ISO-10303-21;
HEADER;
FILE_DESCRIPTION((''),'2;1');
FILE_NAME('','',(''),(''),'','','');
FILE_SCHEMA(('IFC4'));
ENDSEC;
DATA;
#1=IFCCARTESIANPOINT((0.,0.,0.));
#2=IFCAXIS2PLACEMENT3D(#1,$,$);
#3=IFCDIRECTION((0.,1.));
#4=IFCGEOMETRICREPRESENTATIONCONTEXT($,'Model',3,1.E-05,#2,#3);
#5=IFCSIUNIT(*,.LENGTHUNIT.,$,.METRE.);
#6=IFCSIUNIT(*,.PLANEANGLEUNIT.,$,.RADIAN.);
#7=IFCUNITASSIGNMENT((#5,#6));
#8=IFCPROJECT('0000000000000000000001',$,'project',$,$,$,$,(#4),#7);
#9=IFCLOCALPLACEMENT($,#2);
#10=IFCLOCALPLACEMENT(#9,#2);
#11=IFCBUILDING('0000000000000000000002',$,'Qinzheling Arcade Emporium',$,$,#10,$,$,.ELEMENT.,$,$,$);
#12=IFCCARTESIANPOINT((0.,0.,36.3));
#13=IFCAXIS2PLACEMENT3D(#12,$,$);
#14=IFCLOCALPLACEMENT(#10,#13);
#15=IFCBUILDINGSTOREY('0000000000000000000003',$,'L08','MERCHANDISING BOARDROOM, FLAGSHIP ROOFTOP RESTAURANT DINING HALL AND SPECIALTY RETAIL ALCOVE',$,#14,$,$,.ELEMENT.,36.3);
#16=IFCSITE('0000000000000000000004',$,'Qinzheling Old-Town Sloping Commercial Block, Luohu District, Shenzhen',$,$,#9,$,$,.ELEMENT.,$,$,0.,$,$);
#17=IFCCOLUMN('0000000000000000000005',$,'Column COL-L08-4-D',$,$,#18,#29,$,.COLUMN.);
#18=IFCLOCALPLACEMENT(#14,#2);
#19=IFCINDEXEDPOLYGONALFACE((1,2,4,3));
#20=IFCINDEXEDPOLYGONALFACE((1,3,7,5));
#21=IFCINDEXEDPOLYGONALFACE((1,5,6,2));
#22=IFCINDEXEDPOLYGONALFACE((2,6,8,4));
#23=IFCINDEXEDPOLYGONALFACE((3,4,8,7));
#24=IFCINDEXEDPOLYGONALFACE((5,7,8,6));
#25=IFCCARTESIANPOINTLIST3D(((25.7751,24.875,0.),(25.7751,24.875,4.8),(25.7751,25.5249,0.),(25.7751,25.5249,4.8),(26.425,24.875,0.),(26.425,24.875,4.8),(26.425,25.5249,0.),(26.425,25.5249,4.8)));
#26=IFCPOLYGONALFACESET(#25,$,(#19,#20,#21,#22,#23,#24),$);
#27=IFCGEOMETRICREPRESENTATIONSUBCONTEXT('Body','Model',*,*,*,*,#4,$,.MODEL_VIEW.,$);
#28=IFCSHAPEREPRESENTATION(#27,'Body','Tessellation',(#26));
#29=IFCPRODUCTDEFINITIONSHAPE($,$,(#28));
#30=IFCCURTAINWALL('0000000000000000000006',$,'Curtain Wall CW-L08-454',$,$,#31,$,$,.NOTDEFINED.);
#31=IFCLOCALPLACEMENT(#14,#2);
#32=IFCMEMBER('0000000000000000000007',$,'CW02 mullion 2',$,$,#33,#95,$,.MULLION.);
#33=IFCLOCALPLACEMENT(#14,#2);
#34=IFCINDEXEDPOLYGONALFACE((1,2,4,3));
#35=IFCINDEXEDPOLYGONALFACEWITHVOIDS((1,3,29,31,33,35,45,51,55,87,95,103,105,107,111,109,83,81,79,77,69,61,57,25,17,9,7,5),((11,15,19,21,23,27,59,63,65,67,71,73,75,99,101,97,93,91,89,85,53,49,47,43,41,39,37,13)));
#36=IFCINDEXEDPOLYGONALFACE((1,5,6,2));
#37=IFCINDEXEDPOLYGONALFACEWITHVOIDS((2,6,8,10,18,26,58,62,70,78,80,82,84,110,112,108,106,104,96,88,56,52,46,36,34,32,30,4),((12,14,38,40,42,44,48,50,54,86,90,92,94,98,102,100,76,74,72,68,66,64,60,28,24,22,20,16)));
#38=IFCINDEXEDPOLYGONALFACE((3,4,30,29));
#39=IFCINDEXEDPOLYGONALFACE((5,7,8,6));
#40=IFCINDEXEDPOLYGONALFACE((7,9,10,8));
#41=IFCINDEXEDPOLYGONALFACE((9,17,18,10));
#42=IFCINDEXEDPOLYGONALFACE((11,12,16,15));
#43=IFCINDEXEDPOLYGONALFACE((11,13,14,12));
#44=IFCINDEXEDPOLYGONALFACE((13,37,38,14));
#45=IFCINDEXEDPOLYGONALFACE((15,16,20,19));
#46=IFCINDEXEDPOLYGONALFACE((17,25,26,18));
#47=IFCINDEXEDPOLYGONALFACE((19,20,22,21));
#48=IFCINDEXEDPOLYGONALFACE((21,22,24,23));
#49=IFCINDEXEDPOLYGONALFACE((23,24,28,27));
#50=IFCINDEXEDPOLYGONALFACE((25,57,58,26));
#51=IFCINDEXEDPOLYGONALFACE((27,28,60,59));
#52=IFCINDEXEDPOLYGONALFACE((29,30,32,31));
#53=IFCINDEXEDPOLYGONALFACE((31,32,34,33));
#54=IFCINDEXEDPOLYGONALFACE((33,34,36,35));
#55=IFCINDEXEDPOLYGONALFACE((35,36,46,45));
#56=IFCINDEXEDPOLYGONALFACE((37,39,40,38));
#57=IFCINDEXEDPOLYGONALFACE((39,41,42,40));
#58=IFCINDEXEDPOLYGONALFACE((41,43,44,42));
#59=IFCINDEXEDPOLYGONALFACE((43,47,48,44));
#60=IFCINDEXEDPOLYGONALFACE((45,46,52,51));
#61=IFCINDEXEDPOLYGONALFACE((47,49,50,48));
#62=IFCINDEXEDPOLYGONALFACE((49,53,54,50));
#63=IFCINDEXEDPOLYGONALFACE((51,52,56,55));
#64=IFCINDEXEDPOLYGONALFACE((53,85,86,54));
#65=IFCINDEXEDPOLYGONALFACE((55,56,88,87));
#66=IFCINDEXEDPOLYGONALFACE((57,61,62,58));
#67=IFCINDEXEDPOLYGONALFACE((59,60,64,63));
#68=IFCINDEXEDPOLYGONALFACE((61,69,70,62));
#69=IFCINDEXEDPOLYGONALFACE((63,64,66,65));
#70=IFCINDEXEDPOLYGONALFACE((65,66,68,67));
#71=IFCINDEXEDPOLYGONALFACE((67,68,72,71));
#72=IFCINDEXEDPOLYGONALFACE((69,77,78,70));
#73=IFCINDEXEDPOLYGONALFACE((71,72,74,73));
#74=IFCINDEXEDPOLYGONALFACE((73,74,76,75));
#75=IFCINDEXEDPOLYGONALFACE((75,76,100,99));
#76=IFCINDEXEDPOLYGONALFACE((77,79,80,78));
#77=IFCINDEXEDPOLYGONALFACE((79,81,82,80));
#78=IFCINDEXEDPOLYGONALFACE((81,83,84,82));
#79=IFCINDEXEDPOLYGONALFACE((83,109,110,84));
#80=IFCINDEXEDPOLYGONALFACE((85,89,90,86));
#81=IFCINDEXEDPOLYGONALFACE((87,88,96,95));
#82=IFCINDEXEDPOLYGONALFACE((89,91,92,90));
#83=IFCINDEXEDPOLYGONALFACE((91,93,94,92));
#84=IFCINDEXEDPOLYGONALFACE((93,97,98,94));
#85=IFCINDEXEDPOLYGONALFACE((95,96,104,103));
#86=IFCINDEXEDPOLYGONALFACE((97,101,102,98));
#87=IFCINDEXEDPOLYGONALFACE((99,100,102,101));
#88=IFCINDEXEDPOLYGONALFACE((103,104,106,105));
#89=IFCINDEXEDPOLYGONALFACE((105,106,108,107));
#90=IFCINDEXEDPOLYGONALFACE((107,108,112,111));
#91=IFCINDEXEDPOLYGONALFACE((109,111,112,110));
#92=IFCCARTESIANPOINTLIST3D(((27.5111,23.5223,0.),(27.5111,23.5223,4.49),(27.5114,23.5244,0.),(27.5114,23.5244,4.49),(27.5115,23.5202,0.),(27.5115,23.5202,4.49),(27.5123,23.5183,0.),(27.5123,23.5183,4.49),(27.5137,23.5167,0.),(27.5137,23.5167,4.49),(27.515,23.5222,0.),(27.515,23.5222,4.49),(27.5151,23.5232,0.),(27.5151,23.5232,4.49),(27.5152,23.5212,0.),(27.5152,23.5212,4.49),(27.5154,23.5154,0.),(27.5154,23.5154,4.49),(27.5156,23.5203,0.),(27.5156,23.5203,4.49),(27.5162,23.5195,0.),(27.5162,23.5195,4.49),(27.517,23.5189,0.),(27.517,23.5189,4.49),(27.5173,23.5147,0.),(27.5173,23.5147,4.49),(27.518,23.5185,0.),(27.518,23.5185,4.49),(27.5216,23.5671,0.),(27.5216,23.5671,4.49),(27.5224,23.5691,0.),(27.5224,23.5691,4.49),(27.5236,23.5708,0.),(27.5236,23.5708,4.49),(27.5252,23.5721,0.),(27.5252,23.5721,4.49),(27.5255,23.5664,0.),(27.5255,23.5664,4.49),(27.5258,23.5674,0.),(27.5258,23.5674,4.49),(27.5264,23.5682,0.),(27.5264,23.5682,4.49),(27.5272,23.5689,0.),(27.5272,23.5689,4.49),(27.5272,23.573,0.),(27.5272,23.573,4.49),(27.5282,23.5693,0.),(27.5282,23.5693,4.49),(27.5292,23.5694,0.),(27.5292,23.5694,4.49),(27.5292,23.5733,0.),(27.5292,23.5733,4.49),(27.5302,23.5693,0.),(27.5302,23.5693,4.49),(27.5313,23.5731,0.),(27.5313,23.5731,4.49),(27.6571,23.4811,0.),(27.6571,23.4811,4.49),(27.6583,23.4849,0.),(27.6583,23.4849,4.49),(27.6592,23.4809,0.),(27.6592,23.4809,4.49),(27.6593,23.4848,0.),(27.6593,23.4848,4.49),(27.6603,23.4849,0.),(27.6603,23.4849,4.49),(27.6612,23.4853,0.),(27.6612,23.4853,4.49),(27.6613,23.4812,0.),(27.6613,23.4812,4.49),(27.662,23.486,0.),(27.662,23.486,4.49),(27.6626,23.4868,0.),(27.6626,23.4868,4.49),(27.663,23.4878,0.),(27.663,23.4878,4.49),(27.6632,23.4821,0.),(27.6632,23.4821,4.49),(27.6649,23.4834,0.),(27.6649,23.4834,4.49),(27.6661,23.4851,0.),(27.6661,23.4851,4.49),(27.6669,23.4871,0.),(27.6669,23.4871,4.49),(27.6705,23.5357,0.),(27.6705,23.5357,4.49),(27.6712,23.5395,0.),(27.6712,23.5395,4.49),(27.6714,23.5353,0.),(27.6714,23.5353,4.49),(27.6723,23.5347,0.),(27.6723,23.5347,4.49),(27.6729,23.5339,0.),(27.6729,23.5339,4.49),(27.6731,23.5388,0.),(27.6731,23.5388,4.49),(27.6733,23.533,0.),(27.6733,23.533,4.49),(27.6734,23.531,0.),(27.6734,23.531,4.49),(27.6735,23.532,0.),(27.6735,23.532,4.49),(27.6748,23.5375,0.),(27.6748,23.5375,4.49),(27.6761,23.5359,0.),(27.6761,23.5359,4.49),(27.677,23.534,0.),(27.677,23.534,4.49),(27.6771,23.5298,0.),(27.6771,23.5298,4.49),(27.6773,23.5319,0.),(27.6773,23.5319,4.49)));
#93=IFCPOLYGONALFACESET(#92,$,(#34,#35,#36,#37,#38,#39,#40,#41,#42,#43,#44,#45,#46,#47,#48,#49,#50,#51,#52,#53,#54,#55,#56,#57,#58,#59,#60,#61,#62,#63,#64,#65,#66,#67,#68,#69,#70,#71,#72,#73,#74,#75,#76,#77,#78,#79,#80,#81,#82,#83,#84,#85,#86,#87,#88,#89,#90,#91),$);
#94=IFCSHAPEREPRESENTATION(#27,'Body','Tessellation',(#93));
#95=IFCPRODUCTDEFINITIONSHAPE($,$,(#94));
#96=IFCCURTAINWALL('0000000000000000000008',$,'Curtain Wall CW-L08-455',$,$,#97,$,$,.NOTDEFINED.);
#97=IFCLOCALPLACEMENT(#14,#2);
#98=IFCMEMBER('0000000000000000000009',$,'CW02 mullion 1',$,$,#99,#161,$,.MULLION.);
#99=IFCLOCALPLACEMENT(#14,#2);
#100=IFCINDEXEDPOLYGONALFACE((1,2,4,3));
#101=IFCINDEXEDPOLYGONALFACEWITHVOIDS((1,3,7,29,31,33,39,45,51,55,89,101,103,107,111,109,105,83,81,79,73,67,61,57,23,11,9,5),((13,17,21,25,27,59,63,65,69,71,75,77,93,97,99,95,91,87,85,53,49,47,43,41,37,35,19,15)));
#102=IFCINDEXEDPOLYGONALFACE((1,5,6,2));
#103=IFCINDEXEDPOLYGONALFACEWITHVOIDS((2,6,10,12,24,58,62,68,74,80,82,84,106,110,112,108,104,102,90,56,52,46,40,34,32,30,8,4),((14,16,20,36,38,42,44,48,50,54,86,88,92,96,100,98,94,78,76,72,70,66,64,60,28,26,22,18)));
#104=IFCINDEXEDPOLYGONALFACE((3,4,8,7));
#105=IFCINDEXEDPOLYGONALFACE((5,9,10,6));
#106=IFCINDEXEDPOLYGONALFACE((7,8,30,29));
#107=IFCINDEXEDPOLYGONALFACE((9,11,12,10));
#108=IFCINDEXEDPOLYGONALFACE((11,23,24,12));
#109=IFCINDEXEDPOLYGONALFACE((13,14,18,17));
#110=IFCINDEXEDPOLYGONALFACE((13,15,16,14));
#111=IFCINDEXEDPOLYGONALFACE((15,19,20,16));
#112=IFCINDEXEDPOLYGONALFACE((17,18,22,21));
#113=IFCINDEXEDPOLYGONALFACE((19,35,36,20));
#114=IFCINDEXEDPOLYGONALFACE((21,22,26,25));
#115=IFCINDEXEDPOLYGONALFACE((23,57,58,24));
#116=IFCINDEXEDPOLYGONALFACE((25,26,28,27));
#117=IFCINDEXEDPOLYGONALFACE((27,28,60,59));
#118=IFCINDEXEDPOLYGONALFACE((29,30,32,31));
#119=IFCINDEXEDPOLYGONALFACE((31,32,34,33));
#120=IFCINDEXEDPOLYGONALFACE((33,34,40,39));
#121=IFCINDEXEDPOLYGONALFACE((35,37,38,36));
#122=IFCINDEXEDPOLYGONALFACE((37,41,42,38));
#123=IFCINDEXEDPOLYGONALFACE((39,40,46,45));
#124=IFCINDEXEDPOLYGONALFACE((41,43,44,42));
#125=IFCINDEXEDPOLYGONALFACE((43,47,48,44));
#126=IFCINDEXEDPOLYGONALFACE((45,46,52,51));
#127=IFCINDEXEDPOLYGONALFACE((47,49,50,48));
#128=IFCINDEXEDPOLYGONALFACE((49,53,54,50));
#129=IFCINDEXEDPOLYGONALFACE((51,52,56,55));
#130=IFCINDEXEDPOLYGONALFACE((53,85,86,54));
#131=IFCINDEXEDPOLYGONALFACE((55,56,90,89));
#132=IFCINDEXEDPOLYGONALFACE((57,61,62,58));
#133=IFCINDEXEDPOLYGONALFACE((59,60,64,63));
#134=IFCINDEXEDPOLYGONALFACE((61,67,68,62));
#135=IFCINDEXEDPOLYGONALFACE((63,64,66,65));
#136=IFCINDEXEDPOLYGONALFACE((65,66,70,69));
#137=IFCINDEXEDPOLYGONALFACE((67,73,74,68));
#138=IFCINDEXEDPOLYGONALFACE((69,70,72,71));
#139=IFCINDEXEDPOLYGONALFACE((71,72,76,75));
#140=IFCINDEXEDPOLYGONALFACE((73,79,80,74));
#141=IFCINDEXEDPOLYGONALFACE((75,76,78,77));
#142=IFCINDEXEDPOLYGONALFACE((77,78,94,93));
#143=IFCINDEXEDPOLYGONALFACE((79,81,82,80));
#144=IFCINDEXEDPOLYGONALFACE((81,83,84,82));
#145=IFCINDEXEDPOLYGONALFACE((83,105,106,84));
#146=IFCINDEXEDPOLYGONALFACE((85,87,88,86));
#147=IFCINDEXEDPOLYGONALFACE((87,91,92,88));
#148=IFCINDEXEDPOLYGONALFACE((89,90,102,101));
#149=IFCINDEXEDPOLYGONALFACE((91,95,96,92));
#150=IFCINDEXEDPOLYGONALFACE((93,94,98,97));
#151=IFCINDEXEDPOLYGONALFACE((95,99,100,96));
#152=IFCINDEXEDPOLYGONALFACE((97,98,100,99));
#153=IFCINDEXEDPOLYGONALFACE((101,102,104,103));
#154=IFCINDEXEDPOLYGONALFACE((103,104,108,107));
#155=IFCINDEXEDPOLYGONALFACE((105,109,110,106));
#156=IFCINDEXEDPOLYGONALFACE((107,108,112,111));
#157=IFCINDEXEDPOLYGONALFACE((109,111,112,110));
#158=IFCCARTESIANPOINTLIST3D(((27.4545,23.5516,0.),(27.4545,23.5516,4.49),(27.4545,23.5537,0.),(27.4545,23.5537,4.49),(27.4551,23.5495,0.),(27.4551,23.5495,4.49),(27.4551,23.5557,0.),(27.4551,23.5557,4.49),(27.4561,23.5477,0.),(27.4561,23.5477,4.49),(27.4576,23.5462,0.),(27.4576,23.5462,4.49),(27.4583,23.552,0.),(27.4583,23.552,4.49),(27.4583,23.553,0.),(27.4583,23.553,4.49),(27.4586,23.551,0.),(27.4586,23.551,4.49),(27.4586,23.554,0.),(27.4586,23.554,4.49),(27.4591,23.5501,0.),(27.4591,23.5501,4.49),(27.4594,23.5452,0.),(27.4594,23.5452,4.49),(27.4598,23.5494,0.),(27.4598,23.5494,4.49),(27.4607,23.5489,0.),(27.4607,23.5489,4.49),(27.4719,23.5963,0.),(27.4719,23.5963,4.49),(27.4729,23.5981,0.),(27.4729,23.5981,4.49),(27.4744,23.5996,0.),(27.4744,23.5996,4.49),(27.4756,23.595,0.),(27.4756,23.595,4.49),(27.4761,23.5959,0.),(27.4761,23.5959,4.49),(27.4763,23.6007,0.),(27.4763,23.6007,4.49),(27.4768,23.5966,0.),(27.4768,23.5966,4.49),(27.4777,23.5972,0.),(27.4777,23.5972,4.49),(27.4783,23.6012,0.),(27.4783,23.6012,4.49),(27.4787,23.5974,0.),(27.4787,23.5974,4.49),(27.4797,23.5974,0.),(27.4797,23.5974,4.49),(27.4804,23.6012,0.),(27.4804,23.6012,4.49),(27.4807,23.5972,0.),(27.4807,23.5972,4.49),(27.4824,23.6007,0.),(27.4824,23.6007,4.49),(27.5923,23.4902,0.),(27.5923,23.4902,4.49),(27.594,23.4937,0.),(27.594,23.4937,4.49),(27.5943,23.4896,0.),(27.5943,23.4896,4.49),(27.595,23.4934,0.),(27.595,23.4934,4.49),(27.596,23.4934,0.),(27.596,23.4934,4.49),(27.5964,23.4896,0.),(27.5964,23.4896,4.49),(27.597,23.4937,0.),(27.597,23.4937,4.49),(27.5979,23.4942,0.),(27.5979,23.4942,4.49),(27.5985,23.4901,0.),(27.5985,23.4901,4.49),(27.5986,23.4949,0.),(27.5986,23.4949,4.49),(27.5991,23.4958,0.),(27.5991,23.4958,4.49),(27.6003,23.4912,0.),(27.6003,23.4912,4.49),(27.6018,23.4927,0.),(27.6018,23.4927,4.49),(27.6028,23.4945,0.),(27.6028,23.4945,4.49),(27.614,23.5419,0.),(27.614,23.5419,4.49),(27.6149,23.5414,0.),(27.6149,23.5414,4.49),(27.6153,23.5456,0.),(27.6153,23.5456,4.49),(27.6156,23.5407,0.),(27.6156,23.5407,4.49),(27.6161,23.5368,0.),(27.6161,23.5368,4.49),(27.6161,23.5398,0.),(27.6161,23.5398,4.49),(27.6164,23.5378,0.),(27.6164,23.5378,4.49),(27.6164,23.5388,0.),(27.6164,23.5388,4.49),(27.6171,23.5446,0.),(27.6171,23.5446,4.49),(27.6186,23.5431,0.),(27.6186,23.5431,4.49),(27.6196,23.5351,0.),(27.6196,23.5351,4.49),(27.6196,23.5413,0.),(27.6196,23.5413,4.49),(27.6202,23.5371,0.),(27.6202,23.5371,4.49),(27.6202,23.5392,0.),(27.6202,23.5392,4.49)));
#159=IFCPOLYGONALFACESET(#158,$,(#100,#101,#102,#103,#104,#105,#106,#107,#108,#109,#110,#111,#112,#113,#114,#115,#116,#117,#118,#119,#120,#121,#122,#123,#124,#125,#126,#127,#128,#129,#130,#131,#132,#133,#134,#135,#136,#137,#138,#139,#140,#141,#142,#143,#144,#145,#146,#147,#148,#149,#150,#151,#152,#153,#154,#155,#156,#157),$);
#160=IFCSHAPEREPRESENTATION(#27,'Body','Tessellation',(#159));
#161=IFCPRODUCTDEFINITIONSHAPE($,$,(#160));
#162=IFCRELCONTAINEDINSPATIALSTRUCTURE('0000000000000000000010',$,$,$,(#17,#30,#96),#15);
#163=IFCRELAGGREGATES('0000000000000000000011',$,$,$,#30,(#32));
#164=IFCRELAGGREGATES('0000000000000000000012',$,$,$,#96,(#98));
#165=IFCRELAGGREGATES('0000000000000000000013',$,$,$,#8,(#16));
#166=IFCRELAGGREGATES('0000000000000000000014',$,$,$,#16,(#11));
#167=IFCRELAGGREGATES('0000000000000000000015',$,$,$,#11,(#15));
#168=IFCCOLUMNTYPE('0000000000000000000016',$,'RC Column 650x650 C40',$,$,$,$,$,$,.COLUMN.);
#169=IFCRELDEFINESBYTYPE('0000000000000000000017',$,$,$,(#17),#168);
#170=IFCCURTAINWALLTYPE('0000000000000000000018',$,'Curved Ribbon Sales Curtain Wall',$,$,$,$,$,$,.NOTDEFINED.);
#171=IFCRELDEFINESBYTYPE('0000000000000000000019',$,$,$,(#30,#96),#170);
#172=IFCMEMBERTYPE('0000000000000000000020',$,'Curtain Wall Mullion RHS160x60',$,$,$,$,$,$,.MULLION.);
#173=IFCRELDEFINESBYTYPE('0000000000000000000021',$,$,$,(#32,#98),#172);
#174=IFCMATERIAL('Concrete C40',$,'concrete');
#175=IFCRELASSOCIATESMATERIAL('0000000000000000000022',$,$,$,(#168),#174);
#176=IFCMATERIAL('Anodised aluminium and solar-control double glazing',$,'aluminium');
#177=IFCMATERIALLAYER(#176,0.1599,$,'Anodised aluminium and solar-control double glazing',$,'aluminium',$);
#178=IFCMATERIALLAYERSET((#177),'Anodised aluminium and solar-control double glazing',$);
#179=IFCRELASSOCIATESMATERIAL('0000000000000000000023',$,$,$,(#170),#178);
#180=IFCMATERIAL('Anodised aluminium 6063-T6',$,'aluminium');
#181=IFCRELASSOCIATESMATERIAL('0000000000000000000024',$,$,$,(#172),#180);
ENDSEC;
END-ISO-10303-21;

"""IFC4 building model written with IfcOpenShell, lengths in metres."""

from ifc_helpers import new_model, si_unit, direction, frame, origin, origin_2d, place, context, subcontext, project, spatial, rectangle, hollow_rectangle, extrude, material, layer, layer_set, material_profile, profile_set, type_object, element, aggregate, save


model = new_model("IFC4")

# Units and contexts
model_context = context("Model", 3, precision=1e-05, world=origin(), true_north=direction((0.0, 1.0)))
body_context = subcontext(model_context, "Body", "Model", "MODEL_VIEW")
ifc_project = project(units=[si_unit("LENGTHUNIT", "METRE"), si_unit("PLANEANGLEUNIT", "RADIAN")], contexts=[model_context])

# Site, building, storey
site_placement = place(None, origin())
site = spatial("IfcSite", under=ifc_project, at=site_placement, Name="Qinzheling Old-Town Sloping Commercial Block, Luohu District, Shenzhen", CompositionType="ELEMENT", RefElevation=0.0)
building_placement = place(site_placement, origin())
building = spatial("IfcBuilding", under=site, at=building_placement, Name="Qinzheling Arcade Emporium", CompositionType="ELEMENT")
storey_placement = place(building_placement, frame((0.0, 0.0, 36.3)))
storey = spatial("IfcBuildingStorey", under=building, at=storey_placement, Name="L08", Description="MERCHANDISING BOARDROOM, FLAGSHIP ROOFTOP RESTAURANT DINING HALL AND SPECIALTY RETAIL ALCOVE", CompositionType="ELEMENT", Elevation=36.3)

# Column
ifc_material_1 = material(Name="Concrete C40", Category="concrete")
ifc_material_profile_1 = material_profile(ifc_material_1, rectangle(XDim=0.6499, YDim=0.6499, at=origin_2d()), Name="RC 650x650", Category="concrete")
ifc_profile_set_1 = profile_set([ifc_material_profile_1], Name="Concrete C40")
column_type = type_object("IfcColumnType", Name="RC Column 650x650 C40", PredefinedType="COLUMN", material=ifc_profile_set_1)
column_placement = place(storey_placement, frame((26.1001, 25.2, 0.0), z_axis=(0.0, 0.0, 1.0), x_axis=(1.0, 0.0, 0.0)))
element("IfcColumn", 1, at=column_placement, inside=storey, type_object=column_type, Name="Column COL-L08-4-D", PredefinedType="COLUMN", context=body_context, shape_type="SweptSolid", body=[
    extrude(rectangle(XDim=0.6499, YDim=0.6499, at=origin_2d()), origin(), (0.0, 0.0, 1.0), 4.8),
])

# Curtain wall, member
ifc_material_2 = material(Name="Anodised aluminium and solar-control double glazing", Category="aluminium")
ifc_layer_1 = layer(ifc_material_2, 0.1599, Name="Anodised aluminium and solar-control double glazing", Category="aluminium")
ifc_layer_set_1 = layer_set([ifc_layer_1], Name="Anodised aluminium and solar-control double glazing")
curtain_wall_type = type_object("IfcCurtainWallType", Name="Curved Ribbon Sales Curtain Wall", PredefinedType="NOTDEFINED", material=ifc_layer_set_1)
curtain_wall_1_placement = place(storey_placement, origin())
curtain_wall_1 = element("IfcCurtainWall", 2, at=curtain_wall_1_placement, inside=storey, type_object=curtain_wall_type, Name="Curtain Wall CW-L08-454", PredefinedType="NOTDEFINED")
ifc_material_3 = material(Name="Anodised aluminium 6063-T6", Category="aluminium")
ifc_material_profile_2 = material_profile(ifc_material_3, hollow_rectangle(XDim=0.0601, YDim=0.1599, WallThickness=0.0039, InnerFilletRadius=0.0039, OuterFilletRadius=0.0081, at=origin_2d()), Name="RHS 160x60x4", Category="aluminium")
ifc_profile_set_2 = profile_set([ifc_material_profile_2], Name="Anodised aluminium 6063-T6")
member_type_1 = type_object("IfcMemberType", Name="Curtain Wall Mullion RHS160x60", PredefinedType="MULLION", material=ifc_profile_set_2)
member_1_placement = place(storey_placement, frame((27.5942, 23.5271, 0.0), z_axis=(0.0, 0.0, 1.0), x_axis=(-0.233325, -0.972399, 0.0)))
member_1 = element("IfcMember", 3, at=member_1_placement, type_object=member_type_1, Name="CW02 mullion 2", PredefinedType="MULLION", context=body_context, shape_type="SweptSolid", body=[
    extrude(hollow_rectangle(XDim=0.0601, YDim=0.1599, WallThickness=0.0039, InnerFilletRadius=0.0039, OuterFilletRadius=0.0081, at=origin_2d()), origin(), (0.0, 0.0, 1.0), 4.49),
])

# Curtain wall, member
curtain_wall_2_placement = place(storey_placement, origin())
curtain_wall_2 = element("IfcCurtainWall", 4, at=curtain_wall_2_placement, inside=storey, type_object=curtain_wall_type, Name="Curtain Wall CW-L08-455", PredefinedType="NOTDEFINED")
member_2_placement = place(storey_placement, frame((27.5374, 23.5454, 0.0), z_axis=(0.0, 0.0, 1.0), x_axis=(-0.382714, -0.923867, 0.0)))
member_2 = element("IfcMember", 5, at=member_2_placement, type_object=member_type_1, Name="CW02 mullion 1", PredefinedType="MULLION", context=body_context, shape_type="SweptSolid", body=[
    extrude(hollow_rectangle(XDim=0.0601, YDim=0.1599, WallThickness=0.0039, InnerFilletRadius=0.0039, OuterFilletRadius=0.0081, at=origin_2d()), origin(), (0.0, 0.0, 1.0), 4.49),
])

aggregate(curtain_wall_1, [member_1])
aggregate(curtain_wall_2, [member_2])

save(model, "model.ifc")
